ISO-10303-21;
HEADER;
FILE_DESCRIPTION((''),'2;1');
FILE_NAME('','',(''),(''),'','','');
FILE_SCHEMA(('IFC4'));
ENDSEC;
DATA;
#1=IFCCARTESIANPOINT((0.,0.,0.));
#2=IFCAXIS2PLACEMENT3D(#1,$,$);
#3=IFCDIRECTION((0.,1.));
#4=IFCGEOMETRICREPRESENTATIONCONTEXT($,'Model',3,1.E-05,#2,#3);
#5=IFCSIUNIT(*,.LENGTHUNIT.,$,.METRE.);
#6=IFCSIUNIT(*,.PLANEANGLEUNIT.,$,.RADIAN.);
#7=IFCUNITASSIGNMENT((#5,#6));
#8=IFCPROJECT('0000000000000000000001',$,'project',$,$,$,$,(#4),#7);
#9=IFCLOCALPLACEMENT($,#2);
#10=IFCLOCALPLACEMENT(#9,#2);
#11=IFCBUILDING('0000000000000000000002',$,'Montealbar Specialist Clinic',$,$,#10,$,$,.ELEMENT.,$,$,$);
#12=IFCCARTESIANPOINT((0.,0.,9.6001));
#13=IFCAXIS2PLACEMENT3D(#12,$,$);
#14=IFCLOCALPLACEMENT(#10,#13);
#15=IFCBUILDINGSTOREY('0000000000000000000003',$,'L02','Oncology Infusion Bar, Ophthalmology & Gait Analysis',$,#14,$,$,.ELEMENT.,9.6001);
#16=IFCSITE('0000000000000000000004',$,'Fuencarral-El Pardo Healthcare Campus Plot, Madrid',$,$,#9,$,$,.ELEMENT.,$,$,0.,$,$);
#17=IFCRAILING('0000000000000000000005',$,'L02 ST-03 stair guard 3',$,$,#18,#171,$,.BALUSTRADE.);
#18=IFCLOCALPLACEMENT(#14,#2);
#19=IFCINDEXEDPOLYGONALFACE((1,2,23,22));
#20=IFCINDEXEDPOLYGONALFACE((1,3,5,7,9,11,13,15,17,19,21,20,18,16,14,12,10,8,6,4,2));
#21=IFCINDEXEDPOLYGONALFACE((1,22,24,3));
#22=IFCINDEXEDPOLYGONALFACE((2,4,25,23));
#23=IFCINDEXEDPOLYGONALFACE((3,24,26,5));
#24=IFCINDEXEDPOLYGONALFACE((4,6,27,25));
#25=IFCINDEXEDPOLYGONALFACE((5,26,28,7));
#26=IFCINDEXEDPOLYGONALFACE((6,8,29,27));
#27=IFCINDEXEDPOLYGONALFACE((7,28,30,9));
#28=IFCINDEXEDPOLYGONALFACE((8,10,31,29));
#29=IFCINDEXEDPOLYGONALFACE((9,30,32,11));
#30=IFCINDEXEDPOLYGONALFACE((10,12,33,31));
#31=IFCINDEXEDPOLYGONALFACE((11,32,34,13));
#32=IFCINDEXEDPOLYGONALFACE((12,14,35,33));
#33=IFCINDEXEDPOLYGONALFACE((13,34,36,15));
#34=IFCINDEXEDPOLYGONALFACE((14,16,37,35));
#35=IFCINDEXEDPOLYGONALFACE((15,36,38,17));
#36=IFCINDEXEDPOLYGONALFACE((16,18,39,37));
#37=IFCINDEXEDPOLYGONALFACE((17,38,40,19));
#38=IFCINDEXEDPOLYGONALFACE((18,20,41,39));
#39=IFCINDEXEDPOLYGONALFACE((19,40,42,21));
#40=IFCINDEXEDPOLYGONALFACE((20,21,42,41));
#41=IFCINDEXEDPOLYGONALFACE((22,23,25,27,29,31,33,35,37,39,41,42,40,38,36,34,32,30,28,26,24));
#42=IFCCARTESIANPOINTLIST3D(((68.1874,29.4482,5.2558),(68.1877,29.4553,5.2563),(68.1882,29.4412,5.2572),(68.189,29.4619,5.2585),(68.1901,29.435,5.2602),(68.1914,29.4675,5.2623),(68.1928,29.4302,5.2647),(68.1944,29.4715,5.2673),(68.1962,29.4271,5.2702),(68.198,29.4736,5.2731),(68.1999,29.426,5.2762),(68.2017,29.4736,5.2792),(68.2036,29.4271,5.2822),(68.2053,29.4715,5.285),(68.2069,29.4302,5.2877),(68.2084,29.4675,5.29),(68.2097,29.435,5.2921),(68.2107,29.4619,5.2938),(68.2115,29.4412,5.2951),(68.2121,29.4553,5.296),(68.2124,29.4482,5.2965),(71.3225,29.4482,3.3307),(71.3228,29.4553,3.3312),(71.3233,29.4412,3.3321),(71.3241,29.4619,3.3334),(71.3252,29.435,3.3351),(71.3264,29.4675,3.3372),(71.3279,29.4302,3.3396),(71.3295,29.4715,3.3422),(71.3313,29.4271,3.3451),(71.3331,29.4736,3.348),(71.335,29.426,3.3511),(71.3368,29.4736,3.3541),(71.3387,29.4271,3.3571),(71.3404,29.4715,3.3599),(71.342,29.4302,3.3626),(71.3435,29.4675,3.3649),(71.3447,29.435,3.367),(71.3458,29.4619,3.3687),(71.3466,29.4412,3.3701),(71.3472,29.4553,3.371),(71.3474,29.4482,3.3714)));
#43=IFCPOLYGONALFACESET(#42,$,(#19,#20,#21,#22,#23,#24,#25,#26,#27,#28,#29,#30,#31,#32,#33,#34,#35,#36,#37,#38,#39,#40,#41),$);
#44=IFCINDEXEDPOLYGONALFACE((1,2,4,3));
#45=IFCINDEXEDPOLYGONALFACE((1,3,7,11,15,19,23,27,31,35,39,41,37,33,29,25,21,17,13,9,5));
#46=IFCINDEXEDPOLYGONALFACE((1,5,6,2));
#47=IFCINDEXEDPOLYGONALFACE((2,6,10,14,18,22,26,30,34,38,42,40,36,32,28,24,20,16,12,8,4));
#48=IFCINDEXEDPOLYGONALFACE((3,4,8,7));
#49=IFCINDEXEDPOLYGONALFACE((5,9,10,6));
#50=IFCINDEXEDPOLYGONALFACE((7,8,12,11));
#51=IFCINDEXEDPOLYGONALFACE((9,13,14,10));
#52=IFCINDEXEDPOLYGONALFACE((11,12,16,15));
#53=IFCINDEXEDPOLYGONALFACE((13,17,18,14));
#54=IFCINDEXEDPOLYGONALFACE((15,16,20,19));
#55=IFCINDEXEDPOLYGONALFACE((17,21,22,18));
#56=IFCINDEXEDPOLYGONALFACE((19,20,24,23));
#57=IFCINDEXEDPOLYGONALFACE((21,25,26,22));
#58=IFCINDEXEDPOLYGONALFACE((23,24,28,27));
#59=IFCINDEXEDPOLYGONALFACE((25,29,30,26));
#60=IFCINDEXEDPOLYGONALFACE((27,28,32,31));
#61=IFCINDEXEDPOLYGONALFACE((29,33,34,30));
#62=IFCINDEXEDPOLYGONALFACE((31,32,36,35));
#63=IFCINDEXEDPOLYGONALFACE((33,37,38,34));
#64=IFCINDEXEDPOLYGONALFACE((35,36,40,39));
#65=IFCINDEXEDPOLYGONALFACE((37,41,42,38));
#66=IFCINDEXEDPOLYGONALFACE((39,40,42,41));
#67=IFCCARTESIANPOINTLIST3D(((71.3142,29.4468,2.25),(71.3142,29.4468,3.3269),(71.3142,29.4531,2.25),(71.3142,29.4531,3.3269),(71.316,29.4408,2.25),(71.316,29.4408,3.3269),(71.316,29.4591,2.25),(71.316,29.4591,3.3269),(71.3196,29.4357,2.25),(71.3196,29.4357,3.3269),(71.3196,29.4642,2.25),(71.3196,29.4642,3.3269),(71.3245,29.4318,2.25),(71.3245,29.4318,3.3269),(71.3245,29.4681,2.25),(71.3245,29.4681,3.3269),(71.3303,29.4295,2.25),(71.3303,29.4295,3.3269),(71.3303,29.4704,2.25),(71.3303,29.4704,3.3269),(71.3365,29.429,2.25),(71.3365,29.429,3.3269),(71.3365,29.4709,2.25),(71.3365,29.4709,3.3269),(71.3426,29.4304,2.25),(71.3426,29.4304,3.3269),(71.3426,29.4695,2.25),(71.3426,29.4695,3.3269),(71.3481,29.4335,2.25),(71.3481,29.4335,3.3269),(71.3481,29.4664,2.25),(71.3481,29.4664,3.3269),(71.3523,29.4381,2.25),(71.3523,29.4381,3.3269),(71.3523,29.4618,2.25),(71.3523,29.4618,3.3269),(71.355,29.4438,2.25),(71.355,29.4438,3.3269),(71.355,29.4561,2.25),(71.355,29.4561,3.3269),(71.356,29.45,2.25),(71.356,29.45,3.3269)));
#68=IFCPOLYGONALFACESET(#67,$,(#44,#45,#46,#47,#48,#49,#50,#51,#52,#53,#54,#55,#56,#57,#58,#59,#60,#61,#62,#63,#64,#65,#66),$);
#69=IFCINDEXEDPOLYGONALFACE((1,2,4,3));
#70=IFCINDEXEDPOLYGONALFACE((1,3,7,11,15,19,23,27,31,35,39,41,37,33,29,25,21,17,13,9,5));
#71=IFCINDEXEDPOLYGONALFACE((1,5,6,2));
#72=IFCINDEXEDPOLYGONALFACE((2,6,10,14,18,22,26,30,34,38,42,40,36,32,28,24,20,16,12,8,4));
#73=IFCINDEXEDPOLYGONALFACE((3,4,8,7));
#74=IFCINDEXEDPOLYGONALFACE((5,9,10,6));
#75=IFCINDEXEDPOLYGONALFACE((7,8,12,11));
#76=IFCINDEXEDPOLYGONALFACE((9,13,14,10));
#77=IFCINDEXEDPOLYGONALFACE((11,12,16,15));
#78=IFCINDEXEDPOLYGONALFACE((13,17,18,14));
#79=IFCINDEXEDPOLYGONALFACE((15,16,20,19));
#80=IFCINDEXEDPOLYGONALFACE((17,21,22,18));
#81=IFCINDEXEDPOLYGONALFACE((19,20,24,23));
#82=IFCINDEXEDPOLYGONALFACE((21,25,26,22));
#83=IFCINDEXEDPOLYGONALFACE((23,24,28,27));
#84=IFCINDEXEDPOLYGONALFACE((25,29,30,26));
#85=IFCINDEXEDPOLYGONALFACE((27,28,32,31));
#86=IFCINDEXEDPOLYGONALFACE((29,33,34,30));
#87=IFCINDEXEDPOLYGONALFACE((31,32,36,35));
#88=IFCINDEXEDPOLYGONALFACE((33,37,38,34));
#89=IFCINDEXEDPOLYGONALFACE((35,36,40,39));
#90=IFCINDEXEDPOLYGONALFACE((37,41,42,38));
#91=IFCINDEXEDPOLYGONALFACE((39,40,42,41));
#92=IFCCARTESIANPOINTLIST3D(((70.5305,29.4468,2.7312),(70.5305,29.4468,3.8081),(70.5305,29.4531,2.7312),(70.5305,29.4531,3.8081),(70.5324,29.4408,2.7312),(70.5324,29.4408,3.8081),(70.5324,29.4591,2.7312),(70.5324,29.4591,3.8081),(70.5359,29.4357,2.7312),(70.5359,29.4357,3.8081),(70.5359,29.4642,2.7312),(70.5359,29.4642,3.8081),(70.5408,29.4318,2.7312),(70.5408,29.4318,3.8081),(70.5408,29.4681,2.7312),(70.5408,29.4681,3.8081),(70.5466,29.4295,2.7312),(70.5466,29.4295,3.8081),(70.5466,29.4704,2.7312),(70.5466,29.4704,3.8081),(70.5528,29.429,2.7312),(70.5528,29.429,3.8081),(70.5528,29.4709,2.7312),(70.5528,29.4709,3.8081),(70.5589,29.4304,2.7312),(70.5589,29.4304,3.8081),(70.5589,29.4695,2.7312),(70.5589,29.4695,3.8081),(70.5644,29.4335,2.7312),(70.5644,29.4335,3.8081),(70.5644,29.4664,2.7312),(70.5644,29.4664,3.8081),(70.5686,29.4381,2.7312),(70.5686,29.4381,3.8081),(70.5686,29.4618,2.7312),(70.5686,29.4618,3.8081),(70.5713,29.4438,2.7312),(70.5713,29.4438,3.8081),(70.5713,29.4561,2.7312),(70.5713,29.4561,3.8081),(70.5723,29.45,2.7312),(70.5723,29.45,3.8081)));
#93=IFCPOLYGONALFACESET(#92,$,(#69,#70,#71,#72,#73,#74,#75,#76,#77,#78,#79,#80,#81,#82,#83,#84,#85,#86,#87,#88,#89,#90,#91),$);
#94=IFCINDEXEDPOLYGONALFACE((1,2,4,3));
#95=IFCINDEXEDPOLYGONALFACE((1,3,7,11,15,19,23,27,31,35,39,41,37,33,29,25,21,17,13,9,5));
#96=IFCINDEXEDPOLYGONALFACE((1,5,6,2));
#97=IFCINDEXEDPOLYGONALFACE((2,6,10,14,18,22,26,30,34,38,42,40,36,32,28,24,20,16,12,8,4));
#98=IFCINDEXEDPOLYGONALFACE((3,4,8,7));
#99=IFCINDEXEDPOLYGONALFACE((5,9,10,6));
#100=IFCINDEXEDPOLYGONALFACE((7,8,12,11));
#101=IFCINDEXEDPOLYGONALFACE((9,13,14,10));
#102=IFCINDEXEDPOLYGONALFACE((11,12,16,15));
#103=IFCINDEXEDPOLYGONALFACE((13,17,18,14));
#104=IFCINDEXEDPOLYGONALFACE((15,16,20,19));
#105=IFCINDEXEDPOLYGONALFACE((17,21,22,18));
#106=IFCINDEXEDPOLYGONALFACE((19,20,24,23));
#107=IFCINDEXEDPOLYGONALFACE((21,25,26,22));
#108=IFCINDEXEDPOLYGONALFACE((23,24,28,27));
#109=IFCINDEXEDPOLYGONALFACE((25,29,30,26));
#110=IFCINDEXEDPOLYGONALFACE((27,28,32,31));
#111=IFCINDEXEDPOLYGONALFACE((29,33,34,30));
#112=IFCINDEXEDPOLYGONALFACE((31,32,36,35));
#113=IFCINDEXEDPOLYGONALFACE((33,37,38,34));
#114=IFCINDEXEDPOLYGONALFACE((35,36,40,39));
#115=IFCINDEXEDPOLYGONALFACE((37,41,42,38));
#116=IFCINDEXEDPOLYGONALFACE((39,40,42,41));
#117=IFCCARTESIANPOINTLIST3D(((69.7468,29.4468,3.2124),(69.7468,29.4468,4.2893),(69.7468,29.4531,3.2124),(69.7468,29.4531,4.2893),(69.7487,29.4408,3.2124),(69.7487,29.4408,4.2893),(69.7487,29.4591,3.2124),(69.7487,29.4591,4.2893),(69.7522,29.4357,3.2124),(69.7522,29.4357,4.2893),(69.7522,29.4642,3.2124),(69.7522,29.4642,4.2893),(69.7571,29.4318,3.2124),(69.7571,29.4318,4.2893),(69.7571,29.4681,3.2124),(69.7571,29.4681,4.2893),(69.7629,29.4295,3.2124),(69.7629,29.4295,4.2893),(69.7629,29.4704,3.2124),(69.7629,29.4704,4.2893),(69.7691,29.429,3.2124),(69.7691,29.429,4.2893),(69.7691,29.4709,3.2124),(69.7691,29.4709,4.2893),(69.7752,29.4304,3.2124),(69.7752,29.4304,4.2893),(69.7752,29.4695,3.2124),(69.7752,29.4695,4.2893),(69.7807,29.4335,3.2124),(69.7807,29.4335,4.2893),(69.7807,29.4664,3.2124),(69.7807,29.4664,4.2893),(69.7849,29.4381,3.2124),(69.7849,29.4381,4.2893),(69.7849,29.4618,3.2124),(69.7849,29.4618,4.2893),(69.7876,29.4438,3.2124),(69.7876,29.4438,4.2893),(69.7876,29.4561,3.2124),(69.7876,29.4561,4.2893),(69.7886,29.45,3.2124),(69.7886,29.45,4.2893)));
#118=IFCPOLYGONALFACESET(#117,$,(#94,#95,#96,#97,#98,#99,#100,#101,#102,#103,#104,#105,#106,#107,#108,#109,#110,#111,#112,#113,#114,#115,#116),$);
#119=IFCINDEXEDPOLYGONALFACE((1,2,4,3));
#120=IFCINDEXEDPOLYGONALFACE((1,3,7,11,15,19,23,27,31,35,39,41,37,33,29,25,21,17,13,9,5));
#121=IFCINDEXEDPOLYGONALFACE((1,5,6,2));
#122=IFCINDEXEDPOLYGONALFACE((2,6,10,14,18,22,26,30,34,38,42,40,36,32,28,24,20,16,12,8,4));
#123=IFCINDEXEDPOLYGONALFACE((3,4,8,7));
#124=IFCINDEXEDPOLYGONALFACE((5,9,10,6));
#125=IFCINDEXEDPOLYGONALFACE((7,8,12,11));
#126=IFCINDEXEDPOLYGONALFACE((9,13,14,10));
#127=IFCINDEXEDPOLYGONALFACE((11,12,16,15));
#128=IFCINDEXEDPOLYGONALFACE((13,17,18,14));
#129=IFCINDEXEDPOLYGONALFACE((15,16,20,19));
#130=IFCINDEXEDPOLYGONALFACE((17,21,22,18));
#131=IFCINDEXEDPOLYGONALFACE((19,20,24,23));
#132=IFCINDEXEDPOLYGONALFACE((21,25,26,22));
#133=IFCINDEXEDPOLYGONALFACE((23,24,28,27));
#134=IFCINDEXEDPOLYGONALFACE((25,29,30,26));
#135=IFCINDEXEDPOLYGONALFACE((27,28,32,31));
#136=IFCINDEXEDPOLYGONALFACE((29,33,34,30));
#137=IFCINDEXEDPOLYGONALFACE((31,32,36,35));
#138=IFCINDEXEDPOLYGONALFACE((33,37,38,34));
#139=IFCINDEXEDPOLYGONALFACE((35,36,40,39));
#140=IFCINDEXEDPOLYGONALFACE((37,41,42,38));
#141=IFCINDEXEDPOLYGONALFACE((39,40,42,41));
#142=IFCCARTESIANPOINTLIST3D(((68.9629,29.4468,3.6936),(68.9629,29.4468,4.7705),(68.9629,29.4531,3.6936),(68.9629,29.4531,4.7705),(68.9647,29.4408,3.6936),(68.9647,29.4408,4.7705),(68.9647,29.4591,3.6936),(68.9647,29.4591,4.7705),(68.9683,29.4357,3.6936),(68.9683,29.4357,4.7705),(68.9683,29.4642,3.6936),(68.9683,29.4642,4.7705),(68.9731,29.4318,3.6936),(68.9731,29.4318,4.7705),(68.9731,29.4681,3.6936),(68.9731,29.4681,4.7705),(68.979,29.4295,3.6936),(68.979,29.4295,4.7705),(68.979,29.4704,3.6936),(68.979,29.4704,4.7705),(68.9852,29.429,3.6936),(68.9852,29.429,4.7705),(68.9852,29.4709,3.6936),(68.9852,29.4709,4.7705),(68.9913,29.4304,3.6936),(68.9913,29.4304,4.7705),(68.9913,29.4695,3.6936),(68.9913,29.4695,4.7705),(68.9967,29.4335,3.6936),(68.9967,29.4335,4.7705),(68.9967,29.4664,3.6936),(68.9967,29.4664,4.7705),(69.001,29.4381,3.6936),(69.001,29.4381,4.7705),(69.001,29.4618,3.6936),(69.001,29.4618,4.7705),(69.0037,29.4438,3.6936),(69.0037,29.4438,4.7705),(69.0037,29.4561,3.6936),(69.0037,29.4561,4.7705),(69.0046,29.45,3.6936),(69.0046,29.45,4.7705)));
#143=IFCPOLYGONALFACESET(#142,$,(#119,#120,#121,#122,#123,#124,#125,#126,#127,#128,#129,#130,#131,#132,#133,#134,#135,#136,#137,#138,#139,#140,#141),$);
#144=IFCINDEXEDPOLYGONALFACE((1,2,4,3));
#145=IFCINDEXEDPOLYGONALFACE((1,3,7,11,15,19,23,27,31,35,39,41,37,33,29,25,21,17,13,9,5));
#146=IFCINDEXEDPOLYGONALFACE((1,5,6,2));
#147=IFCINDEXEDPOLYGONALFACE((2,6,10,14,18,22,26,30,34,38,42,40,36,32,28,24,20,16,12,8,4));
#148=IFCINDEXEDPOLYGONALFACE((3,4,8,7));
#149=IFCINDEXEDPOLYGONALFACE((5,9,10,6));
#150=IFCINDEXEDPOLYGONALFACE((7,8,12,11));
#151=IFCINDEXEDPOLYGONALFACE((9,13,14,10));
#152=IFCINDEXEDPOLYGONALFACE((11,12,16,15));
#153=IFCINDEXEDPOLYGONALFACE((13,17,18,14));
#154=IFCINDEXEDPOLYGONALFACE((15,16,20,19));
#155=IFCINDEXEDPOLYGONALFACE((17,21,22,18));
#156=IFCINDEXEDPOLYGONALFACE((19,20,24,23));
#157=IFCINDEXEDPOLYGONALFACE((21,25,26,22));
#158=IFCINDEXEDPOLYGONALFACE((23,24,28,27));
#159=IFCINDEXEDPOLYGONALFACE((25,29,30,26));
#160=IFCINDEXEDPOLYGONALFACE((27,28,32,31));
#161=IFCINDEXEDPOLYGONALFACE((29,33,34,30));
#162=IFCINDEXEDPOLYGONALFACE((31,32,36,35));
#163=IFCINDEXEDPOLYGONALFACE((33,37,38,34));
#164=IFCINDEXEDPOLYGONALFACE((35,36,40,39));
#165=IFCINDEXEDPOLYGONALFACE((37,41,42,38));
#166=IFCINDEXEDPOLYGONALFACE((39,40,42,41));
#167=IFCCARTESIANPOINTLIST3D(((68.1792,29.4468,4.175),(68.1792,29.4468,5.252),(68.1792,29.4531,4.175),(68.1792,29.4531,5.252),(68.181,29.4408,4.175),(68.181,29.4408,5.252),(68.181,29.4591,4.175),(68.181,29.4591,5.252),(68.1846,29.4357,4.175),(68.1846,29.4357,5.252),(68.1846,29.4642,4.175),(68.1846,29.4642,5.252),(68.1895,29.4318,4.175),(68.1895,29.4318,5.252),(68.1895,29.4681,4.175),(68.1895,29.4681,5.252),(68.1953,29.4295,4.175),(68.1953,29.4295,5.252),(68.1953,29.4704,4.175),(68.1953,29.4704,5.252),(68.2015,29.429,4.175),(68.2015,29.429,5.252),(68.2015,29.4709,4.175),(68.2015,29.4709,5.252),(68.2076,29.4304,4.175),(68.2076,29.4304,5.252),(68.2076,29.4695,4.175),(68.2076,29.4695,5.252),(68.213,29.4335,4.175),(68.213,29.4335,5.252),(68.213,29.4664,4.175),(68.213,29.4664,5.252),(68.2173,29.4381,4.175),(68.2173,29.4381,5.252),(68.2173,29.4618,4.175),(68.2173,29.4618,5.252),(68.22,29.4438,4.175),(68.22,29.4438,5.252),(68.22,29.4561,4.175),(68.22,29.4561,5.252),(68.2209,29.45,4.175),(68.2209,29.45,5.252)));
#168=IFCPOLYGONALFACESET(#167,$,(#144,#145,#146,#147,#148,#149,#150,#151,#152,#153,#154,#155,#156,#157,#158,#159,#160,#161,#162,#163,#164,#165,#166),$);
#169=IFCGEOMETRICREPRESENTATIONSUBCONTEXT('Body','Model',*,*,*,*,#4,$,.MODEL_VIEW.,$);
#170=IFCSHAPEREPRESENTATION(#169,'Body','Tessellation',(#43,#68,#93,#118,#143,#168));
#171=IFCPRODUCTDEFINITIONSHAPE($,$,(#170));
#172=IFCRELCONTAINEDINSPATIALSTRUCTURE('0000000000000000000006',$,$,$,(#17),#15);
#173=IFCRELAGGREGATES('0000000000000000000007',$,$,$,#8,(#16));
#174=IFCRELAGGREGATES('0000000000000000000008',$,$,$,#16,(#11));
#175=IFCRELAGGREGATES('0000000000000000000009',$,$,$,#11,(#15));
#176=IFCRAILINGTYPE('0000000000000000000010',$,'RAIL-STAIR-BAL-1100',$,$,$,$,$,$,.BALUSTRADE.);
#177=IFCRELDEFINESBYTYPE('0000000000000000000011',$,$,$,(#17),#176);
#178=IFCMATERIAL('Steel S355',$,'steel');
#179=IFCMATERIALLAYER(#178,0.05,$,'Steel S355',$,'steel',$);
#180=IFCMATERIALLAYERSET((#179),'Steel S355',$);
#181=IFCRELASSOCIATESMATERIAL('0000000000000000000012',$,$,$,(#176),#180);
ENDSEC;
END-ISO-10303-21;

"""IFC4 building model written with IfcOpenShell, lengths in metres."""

from ifc_helpers import new_model, si_unit, direction, frame, origin, origin_2d, place, context, subcontext, project, spatial, circle, extrude, material, layer, layer_set, type_object, element, save


model = new_model("IFC4")

# Units and contexts
model_context = context("Model", 3, precision=1e-05, world=origin(), true_north=direction((0.0, 1.0)))
body_context = subcontext(model_context, "Body", "Model", "MODEL_VIEW")
ifc_project = project(units=[si_unit("LENGTHUNIT", "METRE"), si_unit("PLANEANGLEUNIT", "RADIAN")], contexts=[model_context])

# Site, building, storey
site_placement = place(None, origin())
site = spatial("IfcSite", under=ifc_project, at=site_placement, Name="Fuencarral-El Pardo Healthcare Campus Plot, Madrid", CompositionType="ELEMENT", RefElevation=0.0)
building_placement = place(site_placement, origin())
building = spatial("IfcBuilding", under=site, at=building_placement, Name="Montealbar Specialist Clinic", CompositionType="ELEMENT")
storey_placement = place(building_placement, frame((0.0, 0.0, 9.6001)))
storey = spatial("IfcBuildingStorey", under=building, at=storey_placement, Name="L02", Description="Oncology Infusion Bar, Ophthalmology & Gait Analysis", CompositionType="ELEMENT", Elevation=9.6001)

# Shared definitions
ifc_material_1 = material(Name="Steel S355", Category="steel")

# Railing
ifc_layer_1 = layer(ifc_material_1, 0.05, Name="Steel S355", Category="steel")
ifc_layer_set_1 = layer_set([ifc_layer_1], Name="Steel S355")
railing_type_1 = type_object("IfcRailingType", Name="RAIL-STAIR-BAL-1100", PredefinedType="BALUSTRADE", material=ifc_layer_set_1)
railing_1_placement = place(storey_placement, frame((71.335, 29.45, 2.2749)))
element("IfcRailing", 1, at=railing_1_placement, inside=storey, type_object=railing_type_1, Name="L02 ST-03 stair guard 3", PredefinedType="BALUSTRADE", context=body_context, shape_type="SweptSolid", body=[
    extrude(circle(Radius=0.0239, at=origin_2d()), frame((0.0, 0.0, 1.0762), z_axis=(-0.852166, 0.0, 0.523271), x_axis=(0.0, -1.0, 0.0)), (0.0, 0.0, 1.0), 3.679),
    extrude(circle(Radius=0.021, at=origin_2d()), frame((0.0, 0.0, -0.0249)), (0.0, 0.0, 1.0), 1.0769),
    extrude(circle(Radius=0.021, at=origin_2d()), frame((-0.7837, 0.0, 0.4563)), (0.0, 0.0, 1.0), 1.0769),
    extrude(circle(Radius=0.021, at=origin_2d()), frame((-1.5674, 0.0, 0.9375)), (0.0, 0.0, 1.0), 1.0769),
    extrude(circle(Radius=0.021, at=origin_2d()), frame((-2.3513, 0.0, 1.4187)), (0.0, 0.0, 1.0), 1.0769),
    extrude(circle(Radius=0.021, at=origin_2d()), frame((-3.135, 0.0, 1.9001)), (0.0, 0.0, 1.0), 1.0769),
])

save(model, "model.ifc")
